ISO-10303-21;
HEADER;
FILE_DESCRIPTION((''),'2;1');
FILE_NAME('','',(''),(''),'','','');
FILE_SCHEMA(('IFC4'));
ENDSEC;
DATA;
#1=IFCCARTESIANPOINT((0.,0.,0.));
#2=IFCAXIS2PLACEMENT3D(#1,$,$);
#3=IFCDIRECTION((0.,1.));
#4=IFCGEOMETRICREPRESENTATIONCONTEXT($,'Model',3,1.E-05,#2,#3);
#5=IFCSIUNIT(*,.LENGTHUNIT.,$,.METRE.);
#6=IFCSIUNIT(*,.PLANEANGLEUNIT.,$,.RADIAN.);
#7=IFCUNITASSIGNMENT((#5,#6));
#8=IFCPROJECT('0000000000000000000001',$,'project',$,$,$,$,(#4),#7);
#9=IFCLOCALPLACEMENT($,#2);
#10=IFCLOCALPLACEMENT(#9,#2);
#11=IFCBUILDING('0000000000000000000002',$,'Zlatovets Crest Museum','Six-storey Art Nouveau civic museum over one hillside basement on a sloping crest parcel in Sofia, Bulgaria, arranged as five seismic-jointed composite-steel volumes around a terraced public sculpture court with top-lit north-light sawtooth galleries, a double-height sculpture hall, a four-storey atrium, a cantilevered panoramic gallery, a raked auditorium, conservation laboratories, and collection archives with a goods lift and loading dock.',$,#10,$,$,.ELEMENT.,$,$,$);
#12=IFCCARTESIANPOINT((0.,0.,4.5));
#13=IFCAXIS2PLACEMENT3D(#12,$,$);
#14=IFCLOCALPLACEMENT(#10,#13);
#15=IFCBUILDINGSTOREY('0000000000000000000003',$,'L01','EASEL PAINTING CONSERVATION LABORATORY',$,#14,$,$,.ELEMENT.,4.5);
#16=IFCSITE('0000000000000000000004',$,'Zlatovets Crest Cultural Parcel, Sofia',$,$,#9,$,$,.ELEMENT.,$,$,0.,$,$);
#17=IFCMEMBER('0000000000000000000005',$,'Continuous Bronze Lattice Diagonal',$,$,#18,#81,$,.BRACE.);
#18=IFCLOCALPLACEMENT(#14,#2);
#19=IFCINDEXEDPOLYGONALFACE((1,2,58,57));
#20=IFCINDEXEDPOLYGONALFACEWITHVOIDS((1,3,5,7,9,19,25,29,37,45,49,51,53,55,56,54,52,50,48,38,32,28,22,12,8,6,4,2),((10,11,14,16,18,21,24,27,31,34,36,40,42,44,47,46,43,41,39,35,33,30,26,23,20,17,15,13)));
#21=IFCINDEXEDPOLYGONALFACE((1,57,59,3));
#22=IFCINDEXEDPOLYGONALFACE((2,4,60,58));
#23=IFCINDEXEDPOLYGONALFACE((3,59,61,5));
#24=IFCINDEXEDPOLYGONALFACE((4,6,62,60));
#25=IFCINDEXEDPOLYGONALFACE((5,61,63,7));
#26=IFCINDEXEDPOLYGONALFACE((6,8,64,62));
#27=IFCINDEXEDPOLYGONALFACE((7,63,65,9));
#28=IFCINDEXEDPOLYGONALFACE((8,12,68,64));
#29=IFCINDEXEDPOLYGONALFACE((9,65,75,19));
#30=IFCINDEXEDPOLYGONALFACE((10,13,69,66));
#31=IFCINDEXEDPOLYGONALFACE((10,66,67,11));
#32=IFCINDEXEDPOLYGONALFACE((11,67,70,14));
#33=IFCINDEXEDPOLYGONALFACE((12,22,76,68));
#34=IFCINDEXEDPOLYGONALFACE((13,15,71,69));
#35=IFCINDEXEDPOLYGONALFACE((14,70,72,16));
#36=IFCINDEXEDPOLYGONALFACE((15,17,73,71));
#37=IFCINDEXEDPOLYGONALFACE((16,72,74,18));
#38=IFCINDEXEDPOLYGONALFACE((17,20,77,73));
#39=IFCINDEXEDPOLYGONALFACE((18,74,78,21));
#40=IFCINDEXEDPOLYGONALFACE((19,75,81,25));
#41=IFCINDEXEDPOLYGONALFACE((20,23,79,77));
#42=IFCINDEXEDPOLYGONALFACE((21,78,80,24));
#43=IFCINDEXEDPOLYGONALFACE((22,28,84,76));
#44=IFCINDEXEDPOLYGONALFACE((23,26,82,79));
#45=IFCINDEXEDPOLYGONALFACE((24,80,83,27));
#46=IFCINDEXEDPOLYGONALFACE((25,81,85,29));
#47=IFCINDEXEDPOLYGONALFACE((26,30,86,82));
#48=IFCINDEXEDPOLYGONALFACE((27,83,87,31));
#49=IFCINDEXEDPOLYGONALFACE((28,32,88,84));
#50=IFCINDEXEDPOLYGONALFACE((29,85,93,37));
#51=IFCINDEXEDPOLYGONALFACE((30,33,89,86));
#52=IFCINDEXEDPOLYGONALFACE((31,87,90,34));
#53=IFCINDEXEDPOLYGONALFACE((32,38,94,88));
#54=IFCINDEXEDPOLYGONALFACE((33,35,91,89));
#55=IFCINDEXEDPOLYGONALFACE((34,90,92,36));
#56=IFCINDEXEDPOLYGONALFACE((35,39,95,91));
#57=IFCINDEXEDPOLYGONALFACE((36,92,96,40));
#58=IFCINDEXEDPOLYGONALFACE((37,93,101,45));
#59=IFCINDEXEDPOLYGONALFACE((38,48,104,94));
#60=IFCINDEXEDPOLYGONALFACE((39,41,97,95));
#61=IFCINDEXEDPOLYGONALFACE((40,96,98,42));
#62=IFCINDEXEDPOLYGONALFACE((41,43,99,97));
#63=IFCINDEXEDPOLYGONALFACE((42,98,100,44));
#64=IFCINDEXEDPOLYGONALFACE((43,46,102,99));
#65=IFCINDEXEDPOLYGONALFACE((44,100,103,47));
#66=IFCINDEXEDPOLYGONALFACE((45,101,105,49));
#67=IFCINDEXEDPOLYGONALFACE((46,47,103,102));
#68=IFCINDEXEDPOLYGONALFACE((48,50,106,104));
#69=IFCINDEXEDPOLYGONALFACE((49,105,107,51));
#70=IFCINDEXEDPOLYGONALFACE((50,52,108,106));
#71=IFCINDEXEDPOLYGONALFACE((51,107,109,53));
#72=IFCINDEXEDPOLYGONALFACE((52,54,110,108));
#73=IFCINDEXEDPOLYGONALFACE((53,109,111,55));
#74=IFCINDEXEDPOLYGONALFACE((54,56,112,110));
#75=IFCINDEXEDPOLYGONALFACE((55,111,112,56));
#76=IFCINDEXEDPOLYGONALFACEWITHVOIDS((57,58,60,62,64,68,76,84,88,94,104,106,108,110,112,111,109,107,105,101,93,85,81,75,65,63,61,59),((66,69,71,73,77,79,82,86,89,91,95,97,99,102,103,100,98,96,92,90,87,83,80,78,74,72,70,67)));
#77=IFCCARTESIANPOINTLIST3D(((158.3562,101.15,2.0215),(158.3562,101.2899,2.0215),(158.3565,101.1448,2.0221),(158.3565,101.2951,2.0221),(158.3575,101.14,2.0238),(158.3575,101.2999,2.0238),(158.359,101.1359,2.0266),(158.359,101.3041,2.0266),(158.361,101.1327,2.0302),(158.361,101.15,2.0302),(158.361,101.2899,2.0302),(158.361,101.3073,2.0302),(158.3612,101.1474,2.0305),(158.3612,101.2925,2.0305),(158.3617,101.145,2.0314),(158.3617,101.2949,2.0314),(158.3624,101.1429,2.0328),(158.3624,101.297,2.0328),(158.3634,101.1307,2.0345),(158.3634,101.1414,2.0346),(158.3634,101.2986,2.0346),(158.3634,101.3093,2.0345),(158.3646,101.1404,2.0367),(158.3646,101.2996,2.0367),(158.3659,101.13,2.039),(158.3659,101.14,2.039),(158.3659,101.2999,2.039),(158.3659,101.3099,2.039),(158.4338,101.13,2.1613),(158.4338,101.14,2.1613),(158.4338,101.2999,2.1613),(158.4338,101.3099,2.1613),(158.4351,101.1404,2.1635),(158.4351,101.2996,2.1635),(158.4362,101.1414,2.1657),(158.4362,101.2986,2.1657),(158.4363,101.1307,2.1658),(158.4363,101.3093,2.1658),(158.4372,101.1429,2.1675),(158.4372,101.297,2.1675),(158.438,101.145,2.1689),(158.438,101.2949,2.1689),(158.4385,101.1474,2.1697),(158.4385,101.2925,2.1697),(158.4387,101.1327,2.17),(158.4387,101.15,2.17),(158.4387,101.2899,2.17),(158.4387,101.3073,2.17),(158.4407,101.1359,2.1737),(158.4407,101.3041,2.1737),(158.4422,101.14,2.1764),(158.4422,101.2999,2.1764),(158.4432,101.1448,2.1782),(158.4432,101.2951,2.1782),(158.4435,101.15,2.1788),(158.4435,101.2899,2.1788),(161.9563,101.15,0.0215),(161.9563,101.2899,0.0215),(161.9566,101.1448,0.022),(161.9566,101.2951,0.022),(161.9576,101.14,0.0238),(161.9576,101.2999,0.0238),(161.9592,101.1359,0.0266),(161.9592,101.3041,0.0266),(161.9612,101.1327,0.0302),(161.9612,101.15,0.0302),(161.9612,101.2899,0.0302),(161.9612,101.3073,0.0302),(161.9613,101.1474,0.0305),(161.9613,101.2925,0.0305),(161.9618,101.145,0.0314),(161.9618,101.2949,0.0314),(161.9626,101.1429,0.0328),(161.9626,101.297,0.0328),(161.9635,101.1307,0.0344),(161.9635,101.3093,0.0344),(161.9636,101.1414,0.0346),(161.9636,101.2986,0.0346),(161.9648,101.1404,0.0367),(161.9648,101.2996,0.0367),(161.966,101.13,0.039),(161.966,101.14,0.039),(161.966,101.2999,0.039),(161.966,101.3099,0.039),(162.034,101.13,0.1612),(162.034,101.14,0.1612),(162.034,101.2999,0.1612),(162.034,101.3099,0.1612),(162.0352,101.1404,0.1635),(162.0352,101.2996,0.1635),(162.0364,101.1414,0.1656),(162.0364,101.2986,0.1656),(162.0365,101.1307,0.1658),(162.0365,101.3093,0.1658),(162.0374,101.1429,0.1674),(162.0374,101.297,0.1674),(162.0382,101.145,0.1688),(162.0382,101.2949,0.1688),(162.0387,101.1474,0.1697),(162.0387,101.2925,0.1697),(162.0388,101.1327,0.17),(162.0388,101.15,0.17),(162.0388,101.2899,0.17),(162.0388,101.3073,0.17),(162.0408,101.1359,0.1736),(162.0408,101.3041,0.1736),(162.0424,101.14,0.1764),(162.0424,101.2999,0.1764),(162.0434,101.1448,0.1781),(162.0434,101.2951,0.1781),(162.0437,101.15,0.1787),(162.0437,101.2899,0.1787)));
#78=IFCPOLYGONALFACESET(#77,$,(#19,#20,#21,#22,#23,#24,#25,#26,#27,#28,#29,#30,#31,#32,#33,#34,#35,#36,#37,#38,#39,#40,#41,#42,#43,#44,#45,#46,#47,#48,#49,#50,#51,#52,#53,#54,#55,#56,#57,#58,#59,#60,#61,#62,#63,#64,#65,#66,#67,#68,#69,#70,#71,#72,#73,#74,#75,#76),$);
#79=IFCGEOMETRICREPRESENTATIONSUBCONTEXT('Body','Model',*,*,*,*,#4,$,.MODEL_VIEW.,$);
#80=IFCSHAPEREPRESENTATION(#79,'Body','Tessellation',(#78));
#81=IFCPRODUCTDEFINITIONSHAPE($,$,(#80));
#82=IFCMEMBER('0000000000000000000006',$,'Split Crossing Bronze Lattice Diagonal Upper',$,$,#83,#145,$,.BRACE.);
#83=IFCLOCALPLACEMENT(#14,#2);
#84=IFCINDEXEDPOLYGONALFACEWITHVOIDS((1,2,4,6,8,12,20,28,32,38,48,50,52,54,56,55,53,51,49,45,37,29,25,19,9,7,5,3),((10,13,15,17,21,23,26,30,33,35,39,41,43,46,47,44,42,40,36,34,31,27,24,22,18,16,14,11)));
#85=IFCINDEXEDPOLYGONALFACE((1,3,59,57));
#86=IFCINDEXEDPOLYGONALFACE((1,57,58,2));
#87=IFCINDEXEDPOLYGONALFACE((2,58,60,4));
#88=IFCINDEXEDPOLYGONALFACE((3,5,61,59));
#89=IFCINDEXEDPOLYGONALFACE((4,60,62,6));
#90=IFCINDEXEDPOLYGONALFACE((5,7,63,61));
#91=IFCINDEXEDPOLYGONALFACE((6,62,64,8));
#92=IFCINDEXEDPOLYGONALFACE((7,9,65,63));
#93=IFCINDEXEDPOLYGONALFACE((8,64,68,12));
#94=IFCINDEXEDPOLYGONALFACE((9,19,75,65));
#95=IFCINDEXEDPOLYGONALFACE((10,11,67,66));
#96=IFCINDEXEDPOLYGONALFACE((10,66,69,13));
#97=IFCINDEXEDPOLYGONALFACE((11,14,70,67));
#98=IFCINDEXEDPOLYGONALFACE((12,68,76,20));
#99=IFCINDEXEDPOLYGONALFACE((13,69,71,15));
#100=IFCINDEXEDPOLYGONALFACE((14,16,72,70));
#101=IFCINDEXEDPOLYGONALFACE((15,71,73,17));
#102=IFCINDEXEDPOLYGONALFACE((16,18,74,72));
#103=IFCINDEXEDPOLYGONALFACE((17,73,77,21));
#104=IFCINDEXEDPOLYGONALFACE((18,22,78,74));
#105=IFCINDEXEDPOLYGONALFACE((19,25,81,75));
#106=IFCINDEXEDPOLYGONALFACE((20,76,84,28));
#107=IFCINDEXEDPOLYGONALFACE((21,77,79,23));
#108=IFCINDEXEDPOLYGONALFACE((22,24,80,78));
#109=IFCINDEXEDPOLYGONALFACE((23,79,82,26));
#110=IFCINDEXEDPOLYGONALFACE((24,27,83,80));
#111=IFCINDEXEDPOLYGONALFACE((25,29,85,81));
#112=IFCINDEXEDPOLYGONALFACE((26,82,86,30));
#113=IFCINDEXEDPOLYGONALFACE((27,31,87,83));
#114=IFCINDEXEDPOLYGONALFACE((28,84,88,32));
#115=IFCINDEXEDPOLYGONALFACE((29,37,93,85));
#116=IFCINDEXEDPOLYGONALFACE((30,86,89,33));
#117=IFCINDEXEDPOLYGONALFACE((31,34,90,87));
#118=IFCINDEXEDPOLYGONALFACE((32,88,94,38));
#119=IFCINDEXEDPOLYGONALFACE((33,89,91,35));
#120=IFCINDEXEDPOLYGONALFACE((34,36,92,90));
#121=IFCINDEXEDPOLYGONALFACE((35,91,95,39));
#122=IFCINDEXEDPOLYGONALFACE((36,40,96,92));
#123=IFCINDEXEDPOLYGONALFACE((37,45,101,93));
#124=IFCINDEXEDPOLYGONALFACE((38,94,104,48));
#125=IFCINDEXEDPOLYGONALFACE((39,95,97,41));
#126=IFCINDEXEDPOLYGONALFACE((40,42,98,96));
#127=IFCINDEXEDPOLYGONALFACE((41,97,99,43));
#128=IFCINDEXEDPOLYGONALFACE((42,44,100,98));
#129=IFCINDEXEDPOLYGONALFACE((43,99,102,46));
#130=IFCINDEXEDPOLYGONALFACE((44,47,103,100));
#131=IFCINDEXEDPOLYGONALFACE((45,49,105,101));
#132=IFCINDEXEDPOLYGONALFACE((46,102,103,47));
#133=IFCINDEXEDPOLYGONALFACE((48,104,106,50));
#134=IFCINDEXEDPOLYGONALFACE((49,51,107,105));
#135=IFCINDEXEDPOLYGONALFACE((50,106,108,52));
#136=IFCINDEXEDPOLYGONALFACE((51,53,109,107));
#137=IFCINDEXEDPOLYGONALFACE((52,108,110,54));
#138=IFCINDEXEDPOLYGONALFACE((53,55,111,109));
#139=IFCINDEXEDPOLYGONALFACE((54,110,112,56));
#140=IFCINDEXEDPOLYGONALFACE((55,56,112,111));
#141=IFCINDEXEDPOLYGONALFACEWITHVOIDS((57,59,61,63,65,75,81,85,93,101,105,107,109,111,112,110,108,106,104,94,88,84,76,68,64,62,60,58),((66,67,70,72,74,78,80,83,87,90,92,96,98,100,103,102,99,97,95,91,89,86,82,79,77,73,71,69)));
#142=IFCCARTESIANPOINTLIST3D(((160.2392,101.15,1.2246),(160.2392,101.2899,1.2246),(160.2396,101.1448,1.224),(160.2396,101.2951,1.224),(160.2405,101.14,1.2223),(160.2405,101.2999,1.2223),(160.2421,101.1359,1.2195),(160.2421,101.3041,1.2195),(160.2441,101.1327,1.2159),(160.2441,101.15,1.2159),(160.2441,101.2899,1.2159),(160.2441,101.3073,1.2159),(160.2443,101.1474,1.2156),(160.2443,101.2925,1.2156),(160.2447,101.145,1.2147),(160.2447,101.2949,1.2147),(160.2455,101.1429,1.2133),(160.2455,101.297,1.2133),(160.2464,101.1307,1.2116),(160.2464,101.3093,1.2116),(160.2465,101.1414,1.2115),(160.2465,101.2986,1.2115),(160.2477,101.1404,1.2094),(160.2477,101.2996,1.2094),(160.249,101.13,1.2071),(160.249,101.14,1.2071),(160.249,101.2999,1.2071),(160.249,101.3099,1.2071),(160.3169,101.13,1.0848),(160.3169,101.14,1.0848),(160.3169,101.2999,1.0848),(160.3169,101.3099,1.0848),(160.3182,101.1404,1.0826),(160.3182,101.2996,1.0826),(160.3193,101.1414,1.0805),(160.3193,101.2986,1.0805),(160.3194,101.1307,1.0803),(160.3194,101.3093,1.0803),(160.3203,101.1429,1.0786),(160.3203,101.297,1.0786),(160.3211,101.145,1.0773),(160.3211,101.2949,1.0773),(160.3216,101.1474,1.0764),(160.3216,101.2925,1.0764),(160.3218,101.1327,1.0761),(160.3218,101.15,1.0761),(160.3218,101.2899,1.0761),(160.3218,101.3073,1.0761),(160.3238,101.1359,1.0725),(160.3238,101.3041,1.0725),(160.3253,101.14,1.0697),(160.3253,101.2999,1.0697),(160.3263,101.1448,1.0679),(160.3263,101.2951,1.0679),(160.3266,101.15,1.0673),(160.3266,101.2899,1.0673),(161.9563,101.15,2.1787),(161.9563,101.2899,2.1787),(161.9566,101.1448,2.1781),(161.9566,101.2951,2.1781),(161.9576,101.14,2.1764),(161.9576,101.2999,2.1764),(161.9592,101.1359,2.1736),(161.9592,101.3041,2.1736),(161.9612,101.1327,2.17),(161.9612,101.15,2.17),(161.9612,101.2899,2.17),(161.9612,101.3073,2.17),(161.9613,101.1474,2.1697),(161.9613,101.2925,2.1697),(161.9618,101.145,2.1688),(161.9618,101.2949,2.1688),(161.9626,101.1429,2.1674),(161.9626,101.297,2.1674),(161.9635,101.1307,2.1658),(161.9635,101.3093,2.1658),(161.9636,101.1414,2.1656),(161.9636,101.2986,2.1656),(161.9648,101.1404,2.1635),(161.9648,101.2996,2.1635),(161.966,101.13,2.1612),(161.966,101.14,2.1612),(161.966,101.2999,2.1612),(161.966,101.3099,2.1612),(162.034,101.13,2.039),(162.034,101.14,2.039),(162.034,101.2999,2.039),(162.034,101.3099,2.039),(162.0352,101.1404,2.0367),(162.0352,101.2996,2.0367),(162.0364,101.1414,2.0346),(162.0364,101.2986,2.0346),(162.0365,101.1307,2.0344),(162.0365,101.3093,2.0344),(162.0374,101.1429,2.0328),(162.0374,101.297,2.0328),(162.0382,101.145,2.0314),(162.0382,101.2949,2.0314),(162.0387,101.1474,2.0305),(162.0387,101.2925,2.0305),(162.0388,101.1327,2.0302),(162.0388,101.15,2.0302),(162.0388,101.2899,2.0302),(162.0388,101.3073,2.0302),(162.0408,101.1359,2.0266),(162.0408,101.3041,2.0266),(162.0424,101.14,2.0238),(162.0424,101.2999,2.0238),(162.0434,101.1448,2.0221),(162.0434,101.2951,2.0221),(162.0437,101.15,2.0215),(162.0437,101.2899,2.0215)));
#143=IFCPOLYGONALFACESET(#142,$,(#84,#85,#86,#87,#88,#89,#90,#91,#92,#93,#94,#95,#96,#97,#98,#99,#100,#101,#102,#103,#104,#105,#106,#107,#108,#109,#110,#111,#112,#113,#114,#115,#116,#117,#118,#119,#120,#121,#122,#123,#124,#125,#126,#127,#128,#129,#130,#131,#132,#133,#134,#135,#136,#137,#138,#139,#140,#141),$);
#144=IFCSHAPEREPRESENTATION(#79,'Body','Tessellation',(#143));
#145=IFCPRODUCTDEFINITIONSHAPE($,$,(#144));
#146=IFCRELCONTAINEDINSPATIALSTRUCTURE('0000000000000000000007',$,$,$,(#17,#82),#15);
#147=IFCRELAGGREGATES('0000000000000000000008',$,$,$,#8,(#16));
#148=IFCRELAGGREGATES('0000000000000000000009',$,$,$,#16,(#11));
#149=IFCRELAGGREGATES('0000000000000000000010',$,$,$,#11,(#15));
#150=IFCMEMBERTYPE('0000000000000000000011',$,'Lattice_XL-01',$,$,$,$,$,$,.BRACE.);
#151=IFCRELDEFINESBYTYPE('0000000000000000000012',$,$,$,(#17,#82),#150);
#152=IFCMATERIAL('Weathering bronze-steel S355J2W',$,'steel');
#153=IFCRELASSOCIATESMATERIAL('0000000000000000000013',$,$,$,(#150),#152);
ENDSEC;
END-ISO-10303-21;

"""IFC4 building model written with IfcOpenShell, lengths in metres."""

from ifc_helpers import new_model, si_unit, direction, frame, origin, origin_2d, place, context, subcontext, project, spatial, hollow_rectangle, extrude, material, material_profile, profile_set, type_object, element, save


model = new_model("IFC4")

# Units and contexts
model_context = context("Model", 3, precision=1e-05, world=origin(), true_north=direction((0.0, 1.0)))
body_context = subcontext(model_context, "Body", "Model", "MODEL_VIEW")
ifc_project = project(units=[si_unit("LENGTHUNIT", "METRE"), si_unit("PLANEANGLEUNIT", "RADIAN")], contexts=[model_context])

# Site, building, storey
site_placement = place(None, origin())
site = spatial("IfcSite", under=ifc_project, at=site_placement, Name="Zlatovets Crest Cultural Parcel, Sofia", CompositionType="ELEMENT", RefElevation=0.0)
building_placement = place(site_placement, origin())
building = spatial("IfcBuilding", under=site, at=building_placement, Name="Zlatovets Crest Museum", Description="Six-storey Art Nouveau civic museum over one hillside basement on a sloping crest parcel in Sofia, Bulgaria, arranged as five seismic-jointed composite-steel volumes around a terraced public sculpture court with top-lit north-light sawtooth galleries, a double-height sculpture hall, a four-storey atrium, a cantilevered panoramic gallery, a raked auditorium, conservation laboratories, and collection archives with a goods lift and loading dock.", CompositionType="ELEMENT")
storey_placement = place(building_placement, frame((0.0, 0.0, 4.5)))
storey = spatial("IfcBuildingStorey", under=building, at=storey_placement, Name="L01", Description="EASEL PAINTING CONSERVATION LABORATORY", CompositionType="ELEMENT", Elevation=4.5)

# Members
ifc_material_1 = material(Name="Weathering bronze-steel S355J2W", Category="steel")
ifc_material_profile_1 = material_profile(ifc_material_1, hollow_rectangle(XDim=0.1799, YDim=0.1799, WallThickness=0.01, InnerFilletRadius=0.01, OuterFilletRadius=0.02, at=origin_2d()), Name="SHS 180x180x10.0")
ifc_profile_set_1 = profile_set([ifc_material_profile_1], Name="Weathering bronze-steel S355J2W")
member_type_1 = type_object("IfcMemberType", Name="Lattice_XL-01", PredefinedType="BRACE", material=ifc_profile_set_1)
member_1_placement = place(storey_placement, frame((162.0, 101.22, 0.1001), z_axis=(-0.874163, 0.0, 0.485633), x_axis=(0.0, -1.0, 0.0)))
element("IfcMember", 1, at=member_1_placement, inside=storey, type_object=member_type_1, Name="Continuous Bronze Lattice Diagonal", PredefinedType="BRACE", context=body_context, shape_type="SweptSolid", body=[
    extrude(hollow_rectangle(XDim=0.1799, YDim=0.1799, WallThickness=0.01, InnerFilletRadius=0.01, OuterFilletRadius=0.02, at=origin_2d()), origin(), (0.0, 0.0, 1.0), 4.1184),
])
member_2_placement = place(storey_placement, frame((162.0, 101.22, 2.1001), z_axis=(-0.874116, 0.0, -0.485717), x_axis=(0.0, -1.0, 0.0)))
element("IfcMember", 2, at=member_2_placement, inside=storey, type_object=member_type_1, Name="Split Crossing Bronze Lattice Diagonal Upper", PredefinedType="BRACE", context=body_context, shape_type="SweptSolid", body=[
    extrude(hollow_rectangle(XDim=0.1799, YDim=0.1799, WallThickness=0.01, InnerFilletRadius=0.01, OuterFilletRadius=0.02, at=origin_2d()), origin(), (0.0, 0.0, 1.0), 1.9644),
])

save(model, "model.ifc")
